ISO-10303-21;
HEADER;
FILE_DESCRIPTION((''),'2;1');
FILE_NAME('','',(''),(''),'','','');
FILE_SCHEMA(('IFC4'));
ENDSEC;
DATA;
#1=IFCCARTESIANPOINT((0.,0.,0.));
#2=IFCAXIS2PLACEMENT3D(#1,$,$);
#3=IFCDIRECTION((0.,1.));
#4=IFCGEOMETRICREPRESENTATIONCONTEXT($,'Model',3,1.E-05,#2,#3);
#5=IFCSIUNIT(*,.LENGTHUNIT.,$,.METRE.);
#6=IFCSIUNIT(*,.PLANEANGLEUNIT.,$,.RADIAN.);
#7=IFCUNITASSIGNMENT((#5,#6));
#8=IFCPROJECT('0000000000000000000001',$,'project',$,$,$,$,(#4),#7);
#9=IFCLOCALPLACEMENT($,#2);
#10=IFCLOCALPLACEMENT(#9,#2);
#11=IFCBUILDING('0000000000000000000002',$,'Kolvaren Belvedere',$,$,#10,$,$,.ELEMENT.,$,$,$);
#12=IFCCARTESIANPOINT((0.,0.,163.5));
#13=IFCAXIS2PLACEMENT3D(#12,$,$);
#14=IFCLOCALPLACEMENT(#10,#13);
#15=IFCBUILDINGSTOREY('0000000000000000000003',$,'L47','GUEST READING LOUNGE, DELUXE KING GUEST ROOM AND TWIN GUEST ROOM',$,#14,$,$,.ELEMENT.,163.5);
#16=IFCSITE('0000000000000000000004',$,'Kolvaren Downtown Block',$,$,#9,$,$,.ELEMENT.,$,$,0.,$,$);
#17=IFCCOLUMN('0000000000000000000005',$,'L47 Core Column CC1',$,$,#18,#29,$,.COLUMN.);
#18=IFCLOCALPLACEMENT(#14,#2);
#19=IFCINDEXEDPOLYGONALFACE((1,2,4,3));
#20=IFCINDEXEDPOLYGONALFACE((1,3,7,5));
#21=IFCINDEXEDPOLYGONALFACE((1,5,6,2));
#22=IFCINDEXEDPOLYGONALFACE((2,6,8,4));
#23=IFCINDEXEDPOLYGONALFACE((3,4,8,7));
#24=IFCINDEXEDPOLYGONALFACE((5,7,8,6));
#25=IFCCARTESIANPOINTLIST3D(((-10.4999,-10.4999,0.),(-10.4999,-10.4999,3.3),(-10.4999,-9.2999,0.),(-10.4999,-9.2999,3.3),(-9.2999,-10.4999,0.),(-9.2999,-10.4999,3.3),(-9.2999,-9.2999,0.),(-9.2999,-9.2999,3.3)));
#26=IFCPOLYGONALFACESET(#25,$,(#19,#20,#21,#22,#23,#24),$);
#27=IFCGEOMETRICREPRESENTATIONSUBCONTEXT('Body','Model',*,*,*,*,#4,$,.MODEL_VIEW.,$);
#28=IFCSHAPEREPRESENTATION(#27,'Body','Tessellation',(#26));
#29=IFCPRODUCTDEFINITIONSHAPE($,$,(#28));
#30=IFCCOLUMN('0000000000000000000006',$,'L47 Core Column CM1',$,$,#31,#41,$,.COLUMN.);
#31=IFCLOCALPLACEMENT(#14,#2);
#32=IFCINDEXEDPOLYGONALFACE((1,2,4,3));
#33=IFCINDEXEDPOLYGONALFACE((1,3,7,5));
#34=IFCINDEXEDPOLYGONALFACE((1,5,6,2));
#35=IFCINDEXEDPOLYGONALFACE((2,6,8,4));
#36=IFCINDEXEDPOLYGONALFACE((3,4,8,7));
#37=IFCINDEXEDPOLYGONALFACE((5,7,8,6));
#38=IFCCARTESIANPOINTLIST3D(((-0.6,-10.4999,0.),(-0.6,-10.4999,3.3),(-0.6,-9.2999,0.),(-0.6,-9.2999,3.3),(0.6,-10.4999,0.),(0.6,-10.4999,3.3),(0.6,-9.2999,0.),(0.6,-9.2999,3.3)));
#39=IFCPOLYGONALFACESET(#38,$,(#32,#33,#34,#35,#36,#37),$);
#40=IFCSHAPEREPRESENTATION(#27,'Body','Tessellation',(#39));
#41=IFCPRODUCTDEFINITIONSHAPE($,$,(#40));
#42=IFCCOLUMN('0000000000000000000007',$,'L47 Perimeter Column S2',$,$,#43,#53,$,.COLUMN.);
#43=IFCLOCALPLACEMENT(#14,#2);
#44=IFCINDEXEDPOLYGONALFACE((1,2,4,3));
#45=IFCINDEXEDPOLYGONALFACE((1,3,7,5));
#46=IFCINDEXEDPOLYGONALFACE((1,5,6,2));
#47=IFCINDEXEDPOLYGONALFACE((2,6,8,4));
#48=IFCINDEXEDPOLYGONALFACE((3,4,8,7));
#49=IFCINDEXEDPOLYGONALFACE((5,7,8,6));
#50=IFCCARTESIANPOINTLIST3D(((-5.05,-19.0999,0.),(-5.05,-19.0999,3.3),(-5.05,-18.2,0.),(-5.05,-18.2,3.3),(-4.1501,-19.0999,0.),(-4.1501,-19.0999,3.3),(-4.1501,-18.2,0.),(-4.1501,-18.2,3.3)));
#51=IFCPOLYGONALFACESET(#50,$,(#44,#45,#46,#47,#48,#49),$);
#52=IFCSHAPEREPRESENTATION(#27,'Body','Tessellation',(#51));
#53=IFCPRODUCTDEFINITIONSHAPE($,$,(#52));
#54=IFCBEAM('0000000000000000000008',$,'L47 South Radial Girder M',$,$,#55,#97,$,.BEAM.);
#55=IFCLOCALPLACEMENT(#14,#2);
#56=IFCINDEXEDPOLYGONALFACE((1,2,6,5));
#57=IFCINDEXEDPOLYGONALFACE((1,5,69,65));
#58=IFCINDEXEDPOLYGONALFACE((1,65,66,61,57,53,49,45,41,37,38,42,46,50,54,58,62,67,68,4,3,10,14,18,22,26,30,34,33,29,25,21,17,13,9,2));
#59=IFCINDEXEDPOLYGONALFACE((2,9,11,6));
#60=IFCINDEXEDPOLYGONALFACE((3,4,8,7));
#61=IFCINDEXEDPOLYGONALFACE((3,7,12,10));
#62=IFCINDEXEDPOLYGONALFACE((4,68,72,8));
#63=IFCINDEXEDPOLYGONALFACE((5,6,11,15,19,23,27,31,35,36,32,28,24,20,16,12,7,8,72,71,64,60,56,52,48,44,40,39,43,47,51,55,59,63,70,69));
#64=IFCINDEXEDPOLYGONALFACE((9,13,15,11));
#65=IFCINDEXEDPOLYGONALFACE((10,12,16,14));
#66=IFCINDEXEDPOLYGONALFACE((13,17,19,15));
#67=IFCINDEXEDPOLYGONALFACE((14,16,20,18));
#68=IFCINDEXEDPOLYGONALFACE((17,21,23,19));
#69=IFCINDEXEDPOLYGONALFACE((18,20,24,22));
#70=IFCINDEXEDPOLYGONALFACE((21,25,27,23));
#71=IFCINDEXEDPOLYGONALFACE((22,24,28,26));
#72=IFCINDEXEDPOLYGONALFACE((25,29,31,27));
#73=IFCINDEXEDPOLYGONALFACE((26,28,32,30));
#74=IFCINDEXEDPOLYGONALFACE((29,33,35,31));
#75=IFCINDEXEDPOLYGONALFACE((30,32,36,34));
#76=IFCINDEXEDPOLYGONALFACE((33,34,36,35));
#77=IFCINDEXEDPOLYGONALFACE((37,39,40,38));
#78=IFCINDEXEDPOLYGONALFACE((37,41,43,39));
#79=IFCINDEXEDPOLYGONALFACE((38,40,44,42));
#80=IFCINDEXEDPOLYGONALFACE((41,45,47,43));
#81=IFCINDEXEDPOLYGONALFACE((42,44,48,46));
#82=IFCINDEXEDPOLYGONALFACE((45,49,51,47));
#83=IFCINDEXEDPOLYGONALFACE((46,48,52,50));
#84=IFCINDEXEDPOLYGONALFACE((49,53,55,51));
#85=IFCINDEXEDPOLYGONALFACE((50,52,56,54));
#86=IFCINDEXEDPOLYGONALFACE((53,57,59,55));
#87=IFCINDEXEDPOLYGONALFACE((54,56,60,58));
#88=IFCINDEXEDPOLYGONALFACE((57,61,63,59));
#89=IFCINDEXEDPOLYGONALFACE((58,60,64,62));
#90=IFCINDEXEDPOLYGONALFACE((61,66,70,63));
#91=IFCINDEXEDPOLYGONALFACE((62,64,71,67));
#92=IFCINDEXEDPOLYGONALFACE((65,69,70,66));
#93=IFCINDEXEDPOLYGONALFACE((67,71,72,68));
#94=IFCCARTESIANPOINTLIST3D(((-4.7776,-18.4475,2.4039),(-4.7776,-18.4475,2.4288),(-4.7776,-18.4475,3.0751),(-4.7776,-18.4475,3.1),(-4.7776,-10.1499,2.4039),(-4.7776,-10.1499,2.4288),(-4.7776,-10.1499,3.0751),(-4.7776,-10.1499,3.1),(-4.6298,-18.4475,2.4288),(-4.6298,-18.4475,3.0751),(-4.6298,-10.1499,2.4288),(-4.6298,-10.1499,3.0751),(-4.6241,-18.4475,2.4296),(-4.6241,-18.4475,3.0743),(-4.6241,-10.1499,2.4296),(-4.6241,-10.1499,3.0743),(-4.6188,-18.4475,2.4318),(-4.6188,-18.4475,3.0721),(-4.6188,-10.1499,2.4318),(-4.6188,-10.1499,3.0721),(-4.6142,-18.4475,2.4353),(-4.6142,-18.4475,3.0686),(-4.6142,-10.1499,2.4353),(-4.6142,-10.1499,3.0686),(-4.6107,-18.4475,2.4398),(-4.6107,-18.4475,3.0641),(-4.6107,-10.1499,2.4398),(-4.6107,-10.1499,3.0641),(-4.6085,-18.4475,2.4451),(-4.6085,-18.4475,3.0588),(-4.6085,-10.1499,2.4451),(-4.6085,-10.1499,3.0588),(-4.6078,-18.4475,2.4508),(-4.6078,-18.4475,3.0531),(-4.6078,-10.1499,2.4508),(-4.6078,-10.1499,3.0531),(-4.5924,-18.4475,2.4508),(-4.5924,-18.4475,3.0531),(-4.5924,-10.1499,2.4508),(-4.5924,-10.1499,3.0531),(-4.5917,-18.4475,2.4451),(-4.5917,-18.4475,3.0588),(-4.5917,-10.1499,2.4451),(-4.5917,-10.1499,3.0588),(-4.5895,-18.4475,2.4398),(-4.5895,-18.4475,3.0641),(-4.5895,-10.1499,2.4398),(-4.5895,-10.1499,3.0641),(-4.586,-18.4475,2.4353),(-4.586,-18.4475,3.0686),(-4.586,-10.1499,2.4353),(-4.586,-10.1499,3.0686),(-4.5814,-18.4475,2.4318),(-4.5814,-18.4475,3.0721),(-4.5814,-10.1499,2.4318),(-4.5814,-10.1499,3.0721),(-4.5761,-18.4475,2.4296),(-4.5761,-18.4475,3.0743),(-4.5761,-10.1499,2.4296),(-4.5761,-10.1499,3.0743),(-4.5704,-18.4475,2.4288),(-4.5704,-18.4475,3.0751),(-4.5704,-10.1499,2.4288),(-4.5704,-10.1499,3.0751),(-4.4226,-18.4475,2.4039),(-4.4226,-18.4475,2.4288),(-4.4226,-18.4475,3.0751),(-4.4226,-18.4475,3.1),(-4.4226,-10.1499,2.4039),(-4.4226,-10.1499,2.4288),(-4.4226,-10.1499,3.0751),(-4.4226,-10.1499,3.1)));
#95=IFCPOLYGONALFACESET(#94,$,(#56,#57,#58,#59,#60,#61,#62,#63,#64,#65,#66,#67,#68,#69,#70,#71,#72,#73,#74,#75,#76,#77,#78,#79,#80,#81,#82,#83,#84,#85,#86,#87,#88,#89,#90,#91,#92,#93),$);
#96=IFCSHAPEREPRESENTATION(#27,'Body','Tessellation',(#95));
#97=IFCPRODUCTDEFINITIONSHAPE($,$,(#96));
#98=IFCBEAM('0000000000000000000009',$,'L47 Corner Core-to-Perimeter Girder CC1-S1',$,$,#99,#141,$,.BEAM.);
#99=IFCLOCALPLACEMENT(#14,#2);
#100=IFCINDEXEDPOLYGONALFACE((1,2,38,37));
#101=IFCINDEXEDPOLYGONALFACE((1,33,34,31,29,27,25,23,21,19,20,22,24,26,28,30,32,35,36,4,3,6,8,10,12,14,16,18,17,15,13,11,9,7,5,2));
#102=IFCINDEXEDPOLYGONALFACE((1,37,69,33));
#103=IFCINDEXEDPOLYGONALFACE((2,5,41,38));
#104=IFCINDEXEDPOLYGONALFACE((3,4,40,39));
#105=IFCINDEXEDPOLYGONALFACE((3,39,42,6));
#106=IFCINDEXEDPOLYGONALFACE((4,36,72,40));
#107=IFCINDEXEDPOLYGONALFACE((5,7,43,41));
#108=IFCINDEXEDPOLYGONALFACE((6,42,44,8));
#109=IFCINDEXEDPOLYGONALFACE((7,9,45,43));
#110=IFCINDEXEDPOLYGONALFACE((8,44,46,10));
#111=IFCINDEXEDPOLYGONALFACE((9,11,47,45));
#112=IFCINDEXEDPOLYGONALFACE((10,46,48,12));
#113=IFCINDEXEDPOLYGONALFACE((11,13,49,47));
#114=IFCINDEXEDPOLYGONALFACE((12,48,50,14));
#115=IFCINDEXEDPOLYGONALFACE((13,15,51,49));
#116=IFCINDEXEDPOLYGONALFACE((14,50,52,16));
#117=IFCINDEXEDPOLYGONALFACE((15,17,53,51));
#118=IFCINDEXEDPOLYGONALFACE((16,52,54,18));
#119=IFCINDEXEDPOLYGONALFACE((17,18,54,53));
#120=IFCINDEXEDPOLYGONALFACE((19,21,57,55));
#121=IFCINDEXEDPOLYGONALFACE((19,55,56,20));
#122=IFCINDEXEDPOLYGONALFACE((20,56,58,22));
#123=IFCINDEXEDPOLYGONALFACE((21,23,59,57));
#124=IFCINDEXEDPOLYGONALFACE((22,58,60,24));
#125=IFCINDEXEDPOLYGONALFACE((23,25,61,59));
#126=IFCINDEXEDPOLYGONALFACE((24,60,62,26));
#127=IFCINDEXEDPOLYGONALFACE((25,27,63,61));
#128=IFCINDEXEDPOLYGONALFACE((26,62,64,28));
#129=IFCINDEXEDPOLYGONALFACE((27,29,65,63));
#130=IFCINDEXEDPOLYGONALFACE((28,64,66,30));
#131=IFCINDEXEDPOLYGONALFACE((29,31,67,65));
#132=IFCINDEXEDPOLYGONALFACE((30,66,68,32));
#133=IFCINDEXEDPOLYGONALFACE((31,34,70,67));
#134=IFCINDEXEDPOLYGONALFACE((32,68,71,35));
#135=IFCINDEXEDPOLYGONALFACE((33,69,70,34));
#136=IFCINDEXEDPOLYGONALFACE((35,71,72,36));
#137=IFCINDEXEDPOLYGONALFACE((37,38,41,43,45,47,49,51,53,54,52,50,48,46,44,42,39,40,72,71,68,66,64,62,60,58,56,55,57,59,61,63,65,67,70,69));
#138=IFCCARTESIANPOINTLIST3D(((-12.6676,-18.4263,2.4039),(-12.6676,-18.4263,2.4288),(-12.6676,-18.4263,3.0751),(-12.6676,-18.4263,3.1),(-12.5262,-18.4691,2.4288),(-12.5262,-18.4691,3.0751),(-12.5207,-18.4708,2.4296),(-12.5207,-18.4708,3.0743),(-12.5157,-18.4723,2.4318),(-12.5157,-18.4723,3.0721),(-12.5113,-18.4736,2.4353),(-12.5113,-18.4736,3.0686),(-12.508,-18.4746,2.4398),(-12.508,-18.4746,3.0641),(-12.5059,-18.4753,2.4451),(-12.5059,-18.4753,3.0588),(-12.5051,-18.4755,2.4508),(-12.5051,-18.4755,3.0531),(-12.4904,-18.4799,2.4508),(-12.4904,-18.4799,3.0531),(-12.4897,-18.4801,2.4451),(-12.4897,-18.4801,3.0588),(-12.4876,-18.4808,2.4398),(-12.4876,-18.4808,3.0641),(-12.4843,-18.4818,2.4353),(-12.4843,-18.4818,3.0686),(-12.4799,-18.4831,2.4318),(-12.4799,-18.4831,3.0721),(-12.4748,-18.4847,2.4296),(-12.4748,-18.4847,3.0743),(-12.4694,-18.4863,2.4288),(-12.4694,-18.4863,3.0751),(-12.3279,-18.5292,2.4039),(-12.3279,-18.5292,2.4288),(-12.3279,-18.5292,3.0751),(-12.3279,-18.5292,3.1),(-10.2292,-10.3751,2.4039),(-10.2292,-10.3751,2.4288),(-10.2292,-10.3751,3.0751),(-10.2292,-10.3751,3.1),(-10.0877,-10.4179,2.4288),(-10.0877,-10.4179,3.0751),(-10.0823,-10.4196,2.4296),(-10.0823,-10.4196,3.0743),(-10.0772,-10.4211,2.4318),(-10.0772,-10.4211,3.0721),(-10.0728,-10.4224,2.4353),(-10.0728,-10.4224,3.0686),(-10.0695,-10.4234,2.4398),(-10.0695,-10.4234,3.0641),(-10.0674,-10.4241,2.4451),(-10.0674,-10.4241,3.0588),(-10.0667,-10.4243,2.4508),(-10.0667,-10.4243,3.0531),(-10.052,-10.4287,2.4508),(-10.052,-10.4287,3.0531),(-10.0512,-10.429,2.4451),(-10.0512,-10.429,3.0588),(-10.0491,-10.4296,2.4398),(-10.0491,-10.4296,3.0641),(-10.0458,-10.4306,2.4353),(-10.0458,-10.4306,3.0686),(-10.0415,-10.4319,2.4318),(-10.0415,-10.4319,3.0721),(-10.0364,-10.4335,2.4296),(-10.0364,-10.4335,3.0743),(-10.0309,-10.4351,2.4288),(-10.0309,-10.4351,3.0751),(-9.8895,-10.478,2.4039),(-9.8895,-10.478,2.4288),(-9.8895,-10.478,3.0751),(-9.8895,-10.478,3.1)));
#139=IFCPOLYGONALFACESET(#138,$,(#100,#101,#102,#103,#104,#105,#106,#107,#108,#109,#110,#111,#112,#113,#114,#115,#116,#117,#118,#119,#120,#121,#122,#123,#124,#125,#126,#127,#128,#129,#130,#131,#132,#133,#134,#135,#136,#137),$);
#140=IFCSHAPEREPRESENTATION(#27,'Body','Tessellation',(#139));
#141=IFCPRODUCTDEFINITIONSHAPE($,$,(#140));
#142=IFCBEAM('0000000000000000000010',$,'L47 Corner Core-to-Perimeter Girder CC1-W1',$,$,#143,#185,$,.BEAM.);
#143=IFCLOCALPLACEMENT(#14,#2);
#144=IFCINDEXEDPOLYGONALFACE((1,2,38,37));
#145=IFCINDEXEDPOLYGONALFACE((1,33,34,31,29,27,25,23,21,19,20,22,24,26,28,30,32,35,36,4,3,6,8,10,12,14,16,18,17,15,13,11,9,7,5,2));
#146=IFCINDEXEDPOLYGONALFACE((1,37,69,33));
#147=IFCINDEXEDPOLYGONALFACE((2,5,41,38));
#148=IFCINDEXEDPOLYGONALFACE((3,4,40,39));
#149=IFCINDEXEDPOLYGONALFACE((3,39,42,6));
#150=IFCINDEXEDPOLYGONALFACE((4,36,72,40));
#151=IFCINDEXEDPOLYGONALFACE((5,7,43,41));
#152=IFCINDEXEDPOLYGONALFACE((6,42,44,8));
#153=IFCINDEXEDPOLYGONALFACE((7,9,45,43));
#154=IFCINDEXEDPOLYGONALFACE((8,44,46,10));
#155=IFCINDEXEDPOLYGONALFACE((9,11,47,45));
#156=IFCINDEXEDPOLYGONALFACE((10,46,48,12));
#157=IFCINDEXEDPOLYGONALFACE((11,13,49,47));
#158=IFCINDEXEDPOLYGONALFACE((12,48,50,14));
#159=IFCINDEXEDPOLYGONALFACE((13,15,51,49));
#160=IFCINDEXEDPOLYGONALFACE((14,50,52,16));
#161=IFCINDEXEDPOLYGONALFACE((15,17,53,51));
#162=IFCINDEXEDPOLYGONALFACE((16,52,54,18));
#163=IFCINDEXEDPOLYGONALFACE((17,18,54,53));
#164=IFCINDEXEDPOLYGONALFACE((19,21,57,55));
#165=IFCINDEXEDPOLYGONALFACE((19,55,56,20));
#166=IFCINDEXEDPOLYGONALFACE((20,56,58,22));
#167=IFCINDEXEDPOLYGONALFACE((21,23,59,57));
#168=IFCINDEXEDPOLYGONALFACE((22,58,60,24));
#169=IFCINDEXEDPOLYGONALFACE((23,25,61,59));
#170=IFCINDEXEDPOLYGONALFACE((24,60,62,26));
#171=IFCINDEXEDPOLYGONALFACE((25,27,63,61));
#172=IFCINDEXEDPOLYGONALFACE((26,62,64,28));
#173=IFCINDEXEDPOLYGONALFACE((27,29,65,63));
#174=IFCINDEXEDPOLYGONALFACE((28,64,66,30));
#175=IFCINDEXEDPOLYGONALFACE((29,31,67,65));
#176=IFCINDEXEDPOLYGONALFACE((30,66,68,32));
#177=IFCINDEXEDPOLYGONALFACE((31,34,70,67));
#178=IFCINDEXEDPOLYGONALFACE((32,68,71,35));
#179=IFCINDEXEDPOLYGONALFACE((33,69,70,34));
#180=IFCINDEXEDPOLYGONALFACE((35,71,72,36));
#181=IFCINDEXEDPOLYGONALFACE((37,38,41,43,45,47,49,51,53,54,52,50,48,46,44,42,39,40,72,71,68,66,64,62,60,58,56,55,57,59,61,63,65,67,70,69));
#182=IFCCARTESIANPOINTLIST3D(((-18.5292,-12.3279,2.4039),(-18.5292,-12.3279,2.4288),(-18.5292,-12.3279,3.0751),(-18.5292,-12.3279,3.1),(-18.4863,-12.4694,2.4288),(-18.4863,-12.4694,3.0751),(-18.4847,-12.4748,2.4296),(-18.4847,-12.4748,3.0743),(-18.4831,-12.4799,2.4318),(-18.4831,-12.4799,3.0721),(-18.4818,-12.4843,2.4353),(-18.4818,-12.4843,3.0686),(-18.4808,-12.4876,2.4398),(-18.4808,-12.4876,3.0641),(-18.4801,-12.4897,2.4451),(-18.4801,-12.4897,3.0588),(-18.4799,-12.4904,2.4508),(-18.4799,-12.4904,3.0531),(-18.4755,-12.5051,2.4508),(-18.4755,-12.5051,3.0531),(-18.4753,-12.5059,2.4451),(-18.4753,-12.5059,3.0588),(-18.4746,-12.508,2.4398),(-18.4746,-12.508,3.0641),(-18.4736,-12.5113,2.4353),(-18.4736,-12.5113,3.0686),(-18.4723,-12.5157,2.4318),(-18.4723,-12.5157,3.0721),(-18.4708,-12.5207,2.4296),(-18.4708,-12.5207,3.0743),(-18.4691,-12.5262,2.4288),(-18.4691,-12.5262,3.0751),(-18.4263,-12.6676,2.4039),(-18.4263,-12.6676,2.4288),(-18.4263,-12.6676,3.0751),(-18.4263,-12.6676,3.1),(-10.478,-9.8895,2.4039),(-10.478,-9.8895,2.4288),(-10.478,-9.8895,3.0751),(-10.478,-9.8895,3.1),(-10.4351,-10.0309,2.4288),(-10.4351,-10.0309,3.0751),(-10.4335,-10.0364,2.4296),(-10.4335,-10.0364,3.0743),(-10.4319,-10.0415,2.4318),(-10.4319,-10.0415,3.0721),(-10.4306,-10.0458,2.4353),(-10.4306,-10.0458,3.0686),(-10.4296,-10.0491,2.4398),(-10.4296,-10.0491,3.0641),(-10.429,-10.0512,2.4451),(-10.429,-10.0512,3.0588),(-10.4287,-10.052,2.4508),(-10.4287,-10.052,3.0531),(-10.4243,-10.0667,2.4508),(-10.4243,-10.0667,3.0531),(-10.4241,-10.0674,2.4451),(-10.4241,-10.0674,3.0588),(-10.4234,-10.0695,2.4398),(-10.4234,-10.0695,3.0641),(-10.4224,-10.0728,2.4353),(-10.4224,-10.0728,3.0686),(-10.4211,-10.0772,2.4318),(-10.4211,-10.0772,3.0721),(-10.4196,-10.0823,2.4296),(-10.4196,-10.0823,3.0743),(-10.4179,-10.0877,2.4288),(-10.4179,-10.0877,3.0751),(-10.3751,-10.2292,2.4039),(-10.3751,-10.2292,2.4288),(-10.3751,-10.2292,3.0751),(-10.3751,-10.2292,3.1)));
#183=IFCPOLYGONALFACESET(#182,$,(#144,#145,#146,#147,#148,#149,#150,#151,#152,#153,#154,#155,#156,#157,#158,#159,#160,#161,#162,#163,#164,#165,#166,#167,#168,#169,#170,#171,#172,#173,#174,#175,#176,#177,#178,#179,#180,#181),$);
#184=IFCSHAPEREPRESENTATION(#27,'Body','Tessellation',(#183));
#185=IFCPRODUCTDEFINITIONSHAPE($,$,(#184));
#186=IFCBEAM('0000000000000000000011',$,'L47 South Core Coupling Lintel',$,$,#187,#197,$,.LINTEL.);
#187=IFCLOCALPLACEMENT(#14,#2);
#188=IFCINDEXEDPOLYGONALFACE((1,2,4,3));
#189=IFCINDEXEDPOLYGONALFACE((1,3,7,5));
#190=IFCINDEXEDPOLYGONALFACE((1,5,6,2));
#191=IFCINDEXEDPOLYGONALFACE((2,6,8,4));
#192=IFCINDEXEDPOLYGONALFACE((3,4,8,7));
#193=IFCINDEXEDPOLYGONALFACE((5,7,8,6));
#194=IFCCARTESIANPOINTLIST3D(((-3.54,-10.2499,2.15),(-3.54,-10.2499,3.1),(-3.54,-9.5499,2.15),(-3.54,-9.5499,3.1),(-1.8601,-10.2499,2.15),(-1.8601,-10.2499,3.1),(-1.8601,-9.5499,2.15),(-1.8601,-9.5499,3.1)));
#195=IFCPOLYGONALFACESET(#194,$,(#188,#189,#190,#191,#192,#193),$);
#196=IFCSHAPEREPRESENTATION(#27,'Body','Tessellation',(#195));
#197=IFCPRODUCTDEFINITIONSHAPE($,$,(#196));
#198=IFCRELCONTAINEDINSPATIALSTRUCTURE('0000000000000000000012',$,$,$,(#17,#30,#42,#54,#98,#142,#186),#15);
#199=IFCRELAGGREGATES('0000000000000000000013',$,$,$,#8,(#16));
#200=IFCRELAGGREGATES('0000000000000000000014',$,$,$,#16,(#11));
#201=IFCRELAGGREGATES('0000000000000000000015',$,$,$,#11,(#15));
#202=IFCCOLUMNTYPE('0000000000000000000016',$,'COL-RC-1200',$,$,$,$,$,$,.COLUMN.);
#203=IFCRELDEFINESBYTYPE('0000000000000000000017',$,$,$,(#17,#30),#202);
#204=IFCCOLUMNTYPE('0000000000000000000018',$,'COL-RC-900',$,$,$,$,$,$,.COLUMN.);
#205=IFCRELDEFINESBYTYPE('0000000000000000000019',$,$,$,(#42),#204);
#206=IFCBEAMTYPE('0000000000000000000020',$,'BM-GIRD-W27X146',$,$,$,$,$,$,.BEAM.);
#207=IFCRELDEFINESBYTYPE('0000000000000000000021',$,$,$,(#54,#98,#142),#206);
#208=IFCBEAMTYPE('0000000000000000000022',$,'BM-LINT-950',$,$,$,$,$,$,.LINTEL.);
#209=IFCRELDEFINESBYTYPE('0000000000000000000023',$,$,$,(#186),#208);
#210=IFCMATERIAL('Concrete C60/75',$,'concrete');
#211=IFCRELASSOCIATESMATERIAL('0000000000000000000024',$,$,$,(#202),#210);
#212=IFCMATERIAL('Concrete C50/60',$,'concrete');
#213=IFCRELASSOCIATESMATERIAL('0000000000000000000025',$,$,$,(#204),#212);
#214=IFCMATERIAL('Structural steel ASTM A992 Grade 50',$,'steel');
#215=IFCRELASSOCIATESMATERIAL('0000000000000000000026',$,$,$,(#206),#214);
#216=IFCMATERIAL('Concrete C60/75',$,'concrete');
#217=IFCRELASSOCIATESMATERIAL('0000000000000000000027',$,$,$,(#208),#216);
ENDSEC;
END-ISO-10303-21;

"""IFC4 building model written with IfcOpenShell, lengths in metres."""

from ifc_helpers import new_model, si_unit, direction, frame, origin, origin_2d, place, context, subcontext, project, spatial, rectangle, i_section, extrude, material, material_profile, profile_set, type_object, element, save


model = new_model("IFC4")

# Units and contexts
model_context = context("Model", 3, precision=1e-05, world=origin(), true_north=direction((0.0, 1.0)))
body_context = subcontext(model_context, "Body", "Model", "MODEL_VIEW")
ifc_project = project(units=[si_unit("LENGTHUNIT", "METRE"), si_unit("PLANEANGLEUNIT", "RADIAN")], contexts=[model_context])

# Site, building, storey
site_placement = place(None, origin())
site = spatial("IfcSite", under=ifc_project, at=site_placement, Name="Kolvaren Downtown Block", CompositionType="ELEMENT", RefElevation=0.0)
building_placement = place(site_placement, origin())
building = spatial("IfcBuilding", under=site, at=building_placement, Name="Kolvaren Belvedere", CompositionType="ELEMENT")
storey_placement = place(building_placement, frame((0.0, 0.0, 163.5)))
storey = spatial("IfcBuildingStorey", under=building, at=storey_placement, Name="L47", Description="GUEST READING LOUNGE, DELUXE KING GUEST ROOM AND TWIN GUEST ROOM", CompositionType="ELEMENT", Elevation=163.5)

# Columns
ifc_material_1 = material(Name="Concrete C60/75", Category="concrete")
ifc_material_profile_1 = material_profile(ifc_material_1, rectangle(XDim=1.2, YDim=1.2, at=origin_2d()), Name="RC 1200X1200")
ifc_profile_set_1 = profile_set([ifc_material_profile_1], Name="Concrete C60/75")
column_type_1 = type_object("IfcColumnType", Name="COL-RC-1200", PredefinedType="COLUMN", material=ifc_profile_set_1)
for number, where, z_axis, x_axis, name in (
    (1, (-9.8999, -9.8999, 0.0), (0.0, 0.0, 1.0), (1.0, 0.0, 0.0), "L47 Core Column CC1"),
    (2, (0.0, -9.8999, 0.0), (0.0, 0.0, 1.0), (1.0, 0.0, 0.0), "L47 Core Column CM1"),
):
    element("IfcColumn", number, at=place(storey_placement, frame(where, z_axis=z_axis, x_axis=x_axis)), inside=storey, type_object=column_type_1, Name=name, PredefinedType="COLUMN", context=body_context, shape_type="SweptSolid", body=[
        extrude(rectangle(XDim=1.2, YDim=1.2, at=origin_2d()), origin(), (0.0, 0.0, 1.0), 3.3),
    ])
ifc_material_2 = material(Name="Concrete C50/60", Category="concrete")
ifc_material_profile_2 = material_profile(ifc_material_2, rectangle(XDim=0.8999, YDim=0.8999, at=origin_2d()), Name="RC 900X900")
ifc_profile_set_2 = profile_set([ifc_material_profile_2], Name="Concrete C50/60")
column_type_2 = type_object("IfcColumnType", Name="COL-RC-900", PredefinedType="COLUMN", material=ifc_profile_set_2)
column_placement = place(storey_placement, frame((-4.6001, -18.6499, 0.0), z_axis=(0.0, 0.0, 1.0), x_axis=(1.0, 0.0, 0.0)))
element("IfcColumn", 3, at=column_placement, inside=storey, type_object=column_type_2, Name="L47 Perimeter Column S2", PredefinedType="COLUMN", context=body_context, shape_type="SweptSolid", body=[
    extrude(rectangle(XDim=0.8999, YDim=0.8999, at=origin_2d()), origin(), (0.0, 0.0, 1.0), 3.3),
])

# Beams
ifc_material_3 = material(Name="Structural steel ASTM A992 Grade 50", Category="steel")
ifc_material_profile_3 = material_profile(ifc_material_3, i_section(OverallWidth=0.355, OverallDepth=0.696, WebThickness=0.0154, FlangeThickness=0.0249, FilletRadius=0.022, at=origin_2d()), Name="W27X146")
ifc_profile_set_3 = profile_set([ifc_material_profile_3], Name="Structural steel ASTM A992 Grade 50")
beam_type_1 = type_object("IfcBeamType", Name="BM-GIRD-W27X146", PredefinedType="BEAM", material=ifc_profile_set_3)
beam_1_placement = place(storey_placement, frame((-4.6001, -10.1499, 2.752), z_axis=(0.0, -1.0, 0.0), x_axis=(1.0, 0.0, 0.0)))
element("IfcBeam", 4, at=beam_1_placement, inside=storey, type_object=beam_type_1, Name="L47 South Radial Girder M", PredefinedType="BEAM", context=body_context, shape_type="SweptSolid", body=[
    extrude(i_section(OverallWidth=0.355, OverallDepth=0.696, WebThickness=0.0154, FlangeThickness=0.0249, FilletRadius=0.022, at=origin_2d()), origin(), (0.0, 0.0, 1.0), 8.2976),
])
for number, where, z_axis, x_axis, name in (
    (5, (-10.0593, -10.4265, 2.752), (-0.289866, -0.957067, 0.0), (0.957067, -0.289866, 0.0), "L47 Corner Core-to-Perimeter Girder CC1-S1"),
    (6, (-10.4265, -10.0593, 2.752), (-0.957067, -0.289866, 0.0), (0.289866, -0.957067, 0.0), "L47 Corner Core-to-Perimeter Girder CC1-W1"),
):
    element("IfcBeam", number, at=place(storey_placement, frame(where, z_axis=z_axis, x_axis=x_axis)), inside=storey, type_object=beam_type_1, Name=name, PredefinedType="BEAM", context=body_context, shape_type="SweptSolid", body=[
        extrude(i_section(OverallWidth=0.355, OverallDepth=0.696, WebThickness=0.0154, FlangeThickness=0.0249, FilletRadius=0.022, at=origin_2d()), origin(), (0.0, 0.0, 1.0), 8.4124),
    ])
ifc_material_4 = material(Name="Concrete C60/75", Category="concrete")
ifc_material_profile_4 = material_profile(ifc_material_4, rectangle(XDim=0.7, YDim=0.95, at=origin_2d()), Name="RC 700X950")
ifc_profile_set_4 = profile_set([ifc_material_profile_4], Name="Concrete C60/75")
beam_type_2 = type_object("IfcBeamType", Name="BM-LINT-950", PredefinedType="LINTEL", material=ifc_profile_set_4)
beam_2_placement = place(storey_placement, frame((-3.54, -9.8999, 2.625), z_axis=(1.0, 0.0, 0.0), x_axis=(0.0, 1.0, 0.0)))
element("IfcBeam", 7, at=beam_2_placement, inside=storey, type_object=beam_type_2, Name="L47 South Core Coupling Lintel", PredefinedType="LINTEL", context=body_context, shape_type="SweptSolid", body=[
    extrude(rectangle(XDim=0.7, YDim=0.95, at=origin_2d()), origin(), (0.0, 0.0, 1.0), 1.6799),
])

save(model, "model.ifc")
